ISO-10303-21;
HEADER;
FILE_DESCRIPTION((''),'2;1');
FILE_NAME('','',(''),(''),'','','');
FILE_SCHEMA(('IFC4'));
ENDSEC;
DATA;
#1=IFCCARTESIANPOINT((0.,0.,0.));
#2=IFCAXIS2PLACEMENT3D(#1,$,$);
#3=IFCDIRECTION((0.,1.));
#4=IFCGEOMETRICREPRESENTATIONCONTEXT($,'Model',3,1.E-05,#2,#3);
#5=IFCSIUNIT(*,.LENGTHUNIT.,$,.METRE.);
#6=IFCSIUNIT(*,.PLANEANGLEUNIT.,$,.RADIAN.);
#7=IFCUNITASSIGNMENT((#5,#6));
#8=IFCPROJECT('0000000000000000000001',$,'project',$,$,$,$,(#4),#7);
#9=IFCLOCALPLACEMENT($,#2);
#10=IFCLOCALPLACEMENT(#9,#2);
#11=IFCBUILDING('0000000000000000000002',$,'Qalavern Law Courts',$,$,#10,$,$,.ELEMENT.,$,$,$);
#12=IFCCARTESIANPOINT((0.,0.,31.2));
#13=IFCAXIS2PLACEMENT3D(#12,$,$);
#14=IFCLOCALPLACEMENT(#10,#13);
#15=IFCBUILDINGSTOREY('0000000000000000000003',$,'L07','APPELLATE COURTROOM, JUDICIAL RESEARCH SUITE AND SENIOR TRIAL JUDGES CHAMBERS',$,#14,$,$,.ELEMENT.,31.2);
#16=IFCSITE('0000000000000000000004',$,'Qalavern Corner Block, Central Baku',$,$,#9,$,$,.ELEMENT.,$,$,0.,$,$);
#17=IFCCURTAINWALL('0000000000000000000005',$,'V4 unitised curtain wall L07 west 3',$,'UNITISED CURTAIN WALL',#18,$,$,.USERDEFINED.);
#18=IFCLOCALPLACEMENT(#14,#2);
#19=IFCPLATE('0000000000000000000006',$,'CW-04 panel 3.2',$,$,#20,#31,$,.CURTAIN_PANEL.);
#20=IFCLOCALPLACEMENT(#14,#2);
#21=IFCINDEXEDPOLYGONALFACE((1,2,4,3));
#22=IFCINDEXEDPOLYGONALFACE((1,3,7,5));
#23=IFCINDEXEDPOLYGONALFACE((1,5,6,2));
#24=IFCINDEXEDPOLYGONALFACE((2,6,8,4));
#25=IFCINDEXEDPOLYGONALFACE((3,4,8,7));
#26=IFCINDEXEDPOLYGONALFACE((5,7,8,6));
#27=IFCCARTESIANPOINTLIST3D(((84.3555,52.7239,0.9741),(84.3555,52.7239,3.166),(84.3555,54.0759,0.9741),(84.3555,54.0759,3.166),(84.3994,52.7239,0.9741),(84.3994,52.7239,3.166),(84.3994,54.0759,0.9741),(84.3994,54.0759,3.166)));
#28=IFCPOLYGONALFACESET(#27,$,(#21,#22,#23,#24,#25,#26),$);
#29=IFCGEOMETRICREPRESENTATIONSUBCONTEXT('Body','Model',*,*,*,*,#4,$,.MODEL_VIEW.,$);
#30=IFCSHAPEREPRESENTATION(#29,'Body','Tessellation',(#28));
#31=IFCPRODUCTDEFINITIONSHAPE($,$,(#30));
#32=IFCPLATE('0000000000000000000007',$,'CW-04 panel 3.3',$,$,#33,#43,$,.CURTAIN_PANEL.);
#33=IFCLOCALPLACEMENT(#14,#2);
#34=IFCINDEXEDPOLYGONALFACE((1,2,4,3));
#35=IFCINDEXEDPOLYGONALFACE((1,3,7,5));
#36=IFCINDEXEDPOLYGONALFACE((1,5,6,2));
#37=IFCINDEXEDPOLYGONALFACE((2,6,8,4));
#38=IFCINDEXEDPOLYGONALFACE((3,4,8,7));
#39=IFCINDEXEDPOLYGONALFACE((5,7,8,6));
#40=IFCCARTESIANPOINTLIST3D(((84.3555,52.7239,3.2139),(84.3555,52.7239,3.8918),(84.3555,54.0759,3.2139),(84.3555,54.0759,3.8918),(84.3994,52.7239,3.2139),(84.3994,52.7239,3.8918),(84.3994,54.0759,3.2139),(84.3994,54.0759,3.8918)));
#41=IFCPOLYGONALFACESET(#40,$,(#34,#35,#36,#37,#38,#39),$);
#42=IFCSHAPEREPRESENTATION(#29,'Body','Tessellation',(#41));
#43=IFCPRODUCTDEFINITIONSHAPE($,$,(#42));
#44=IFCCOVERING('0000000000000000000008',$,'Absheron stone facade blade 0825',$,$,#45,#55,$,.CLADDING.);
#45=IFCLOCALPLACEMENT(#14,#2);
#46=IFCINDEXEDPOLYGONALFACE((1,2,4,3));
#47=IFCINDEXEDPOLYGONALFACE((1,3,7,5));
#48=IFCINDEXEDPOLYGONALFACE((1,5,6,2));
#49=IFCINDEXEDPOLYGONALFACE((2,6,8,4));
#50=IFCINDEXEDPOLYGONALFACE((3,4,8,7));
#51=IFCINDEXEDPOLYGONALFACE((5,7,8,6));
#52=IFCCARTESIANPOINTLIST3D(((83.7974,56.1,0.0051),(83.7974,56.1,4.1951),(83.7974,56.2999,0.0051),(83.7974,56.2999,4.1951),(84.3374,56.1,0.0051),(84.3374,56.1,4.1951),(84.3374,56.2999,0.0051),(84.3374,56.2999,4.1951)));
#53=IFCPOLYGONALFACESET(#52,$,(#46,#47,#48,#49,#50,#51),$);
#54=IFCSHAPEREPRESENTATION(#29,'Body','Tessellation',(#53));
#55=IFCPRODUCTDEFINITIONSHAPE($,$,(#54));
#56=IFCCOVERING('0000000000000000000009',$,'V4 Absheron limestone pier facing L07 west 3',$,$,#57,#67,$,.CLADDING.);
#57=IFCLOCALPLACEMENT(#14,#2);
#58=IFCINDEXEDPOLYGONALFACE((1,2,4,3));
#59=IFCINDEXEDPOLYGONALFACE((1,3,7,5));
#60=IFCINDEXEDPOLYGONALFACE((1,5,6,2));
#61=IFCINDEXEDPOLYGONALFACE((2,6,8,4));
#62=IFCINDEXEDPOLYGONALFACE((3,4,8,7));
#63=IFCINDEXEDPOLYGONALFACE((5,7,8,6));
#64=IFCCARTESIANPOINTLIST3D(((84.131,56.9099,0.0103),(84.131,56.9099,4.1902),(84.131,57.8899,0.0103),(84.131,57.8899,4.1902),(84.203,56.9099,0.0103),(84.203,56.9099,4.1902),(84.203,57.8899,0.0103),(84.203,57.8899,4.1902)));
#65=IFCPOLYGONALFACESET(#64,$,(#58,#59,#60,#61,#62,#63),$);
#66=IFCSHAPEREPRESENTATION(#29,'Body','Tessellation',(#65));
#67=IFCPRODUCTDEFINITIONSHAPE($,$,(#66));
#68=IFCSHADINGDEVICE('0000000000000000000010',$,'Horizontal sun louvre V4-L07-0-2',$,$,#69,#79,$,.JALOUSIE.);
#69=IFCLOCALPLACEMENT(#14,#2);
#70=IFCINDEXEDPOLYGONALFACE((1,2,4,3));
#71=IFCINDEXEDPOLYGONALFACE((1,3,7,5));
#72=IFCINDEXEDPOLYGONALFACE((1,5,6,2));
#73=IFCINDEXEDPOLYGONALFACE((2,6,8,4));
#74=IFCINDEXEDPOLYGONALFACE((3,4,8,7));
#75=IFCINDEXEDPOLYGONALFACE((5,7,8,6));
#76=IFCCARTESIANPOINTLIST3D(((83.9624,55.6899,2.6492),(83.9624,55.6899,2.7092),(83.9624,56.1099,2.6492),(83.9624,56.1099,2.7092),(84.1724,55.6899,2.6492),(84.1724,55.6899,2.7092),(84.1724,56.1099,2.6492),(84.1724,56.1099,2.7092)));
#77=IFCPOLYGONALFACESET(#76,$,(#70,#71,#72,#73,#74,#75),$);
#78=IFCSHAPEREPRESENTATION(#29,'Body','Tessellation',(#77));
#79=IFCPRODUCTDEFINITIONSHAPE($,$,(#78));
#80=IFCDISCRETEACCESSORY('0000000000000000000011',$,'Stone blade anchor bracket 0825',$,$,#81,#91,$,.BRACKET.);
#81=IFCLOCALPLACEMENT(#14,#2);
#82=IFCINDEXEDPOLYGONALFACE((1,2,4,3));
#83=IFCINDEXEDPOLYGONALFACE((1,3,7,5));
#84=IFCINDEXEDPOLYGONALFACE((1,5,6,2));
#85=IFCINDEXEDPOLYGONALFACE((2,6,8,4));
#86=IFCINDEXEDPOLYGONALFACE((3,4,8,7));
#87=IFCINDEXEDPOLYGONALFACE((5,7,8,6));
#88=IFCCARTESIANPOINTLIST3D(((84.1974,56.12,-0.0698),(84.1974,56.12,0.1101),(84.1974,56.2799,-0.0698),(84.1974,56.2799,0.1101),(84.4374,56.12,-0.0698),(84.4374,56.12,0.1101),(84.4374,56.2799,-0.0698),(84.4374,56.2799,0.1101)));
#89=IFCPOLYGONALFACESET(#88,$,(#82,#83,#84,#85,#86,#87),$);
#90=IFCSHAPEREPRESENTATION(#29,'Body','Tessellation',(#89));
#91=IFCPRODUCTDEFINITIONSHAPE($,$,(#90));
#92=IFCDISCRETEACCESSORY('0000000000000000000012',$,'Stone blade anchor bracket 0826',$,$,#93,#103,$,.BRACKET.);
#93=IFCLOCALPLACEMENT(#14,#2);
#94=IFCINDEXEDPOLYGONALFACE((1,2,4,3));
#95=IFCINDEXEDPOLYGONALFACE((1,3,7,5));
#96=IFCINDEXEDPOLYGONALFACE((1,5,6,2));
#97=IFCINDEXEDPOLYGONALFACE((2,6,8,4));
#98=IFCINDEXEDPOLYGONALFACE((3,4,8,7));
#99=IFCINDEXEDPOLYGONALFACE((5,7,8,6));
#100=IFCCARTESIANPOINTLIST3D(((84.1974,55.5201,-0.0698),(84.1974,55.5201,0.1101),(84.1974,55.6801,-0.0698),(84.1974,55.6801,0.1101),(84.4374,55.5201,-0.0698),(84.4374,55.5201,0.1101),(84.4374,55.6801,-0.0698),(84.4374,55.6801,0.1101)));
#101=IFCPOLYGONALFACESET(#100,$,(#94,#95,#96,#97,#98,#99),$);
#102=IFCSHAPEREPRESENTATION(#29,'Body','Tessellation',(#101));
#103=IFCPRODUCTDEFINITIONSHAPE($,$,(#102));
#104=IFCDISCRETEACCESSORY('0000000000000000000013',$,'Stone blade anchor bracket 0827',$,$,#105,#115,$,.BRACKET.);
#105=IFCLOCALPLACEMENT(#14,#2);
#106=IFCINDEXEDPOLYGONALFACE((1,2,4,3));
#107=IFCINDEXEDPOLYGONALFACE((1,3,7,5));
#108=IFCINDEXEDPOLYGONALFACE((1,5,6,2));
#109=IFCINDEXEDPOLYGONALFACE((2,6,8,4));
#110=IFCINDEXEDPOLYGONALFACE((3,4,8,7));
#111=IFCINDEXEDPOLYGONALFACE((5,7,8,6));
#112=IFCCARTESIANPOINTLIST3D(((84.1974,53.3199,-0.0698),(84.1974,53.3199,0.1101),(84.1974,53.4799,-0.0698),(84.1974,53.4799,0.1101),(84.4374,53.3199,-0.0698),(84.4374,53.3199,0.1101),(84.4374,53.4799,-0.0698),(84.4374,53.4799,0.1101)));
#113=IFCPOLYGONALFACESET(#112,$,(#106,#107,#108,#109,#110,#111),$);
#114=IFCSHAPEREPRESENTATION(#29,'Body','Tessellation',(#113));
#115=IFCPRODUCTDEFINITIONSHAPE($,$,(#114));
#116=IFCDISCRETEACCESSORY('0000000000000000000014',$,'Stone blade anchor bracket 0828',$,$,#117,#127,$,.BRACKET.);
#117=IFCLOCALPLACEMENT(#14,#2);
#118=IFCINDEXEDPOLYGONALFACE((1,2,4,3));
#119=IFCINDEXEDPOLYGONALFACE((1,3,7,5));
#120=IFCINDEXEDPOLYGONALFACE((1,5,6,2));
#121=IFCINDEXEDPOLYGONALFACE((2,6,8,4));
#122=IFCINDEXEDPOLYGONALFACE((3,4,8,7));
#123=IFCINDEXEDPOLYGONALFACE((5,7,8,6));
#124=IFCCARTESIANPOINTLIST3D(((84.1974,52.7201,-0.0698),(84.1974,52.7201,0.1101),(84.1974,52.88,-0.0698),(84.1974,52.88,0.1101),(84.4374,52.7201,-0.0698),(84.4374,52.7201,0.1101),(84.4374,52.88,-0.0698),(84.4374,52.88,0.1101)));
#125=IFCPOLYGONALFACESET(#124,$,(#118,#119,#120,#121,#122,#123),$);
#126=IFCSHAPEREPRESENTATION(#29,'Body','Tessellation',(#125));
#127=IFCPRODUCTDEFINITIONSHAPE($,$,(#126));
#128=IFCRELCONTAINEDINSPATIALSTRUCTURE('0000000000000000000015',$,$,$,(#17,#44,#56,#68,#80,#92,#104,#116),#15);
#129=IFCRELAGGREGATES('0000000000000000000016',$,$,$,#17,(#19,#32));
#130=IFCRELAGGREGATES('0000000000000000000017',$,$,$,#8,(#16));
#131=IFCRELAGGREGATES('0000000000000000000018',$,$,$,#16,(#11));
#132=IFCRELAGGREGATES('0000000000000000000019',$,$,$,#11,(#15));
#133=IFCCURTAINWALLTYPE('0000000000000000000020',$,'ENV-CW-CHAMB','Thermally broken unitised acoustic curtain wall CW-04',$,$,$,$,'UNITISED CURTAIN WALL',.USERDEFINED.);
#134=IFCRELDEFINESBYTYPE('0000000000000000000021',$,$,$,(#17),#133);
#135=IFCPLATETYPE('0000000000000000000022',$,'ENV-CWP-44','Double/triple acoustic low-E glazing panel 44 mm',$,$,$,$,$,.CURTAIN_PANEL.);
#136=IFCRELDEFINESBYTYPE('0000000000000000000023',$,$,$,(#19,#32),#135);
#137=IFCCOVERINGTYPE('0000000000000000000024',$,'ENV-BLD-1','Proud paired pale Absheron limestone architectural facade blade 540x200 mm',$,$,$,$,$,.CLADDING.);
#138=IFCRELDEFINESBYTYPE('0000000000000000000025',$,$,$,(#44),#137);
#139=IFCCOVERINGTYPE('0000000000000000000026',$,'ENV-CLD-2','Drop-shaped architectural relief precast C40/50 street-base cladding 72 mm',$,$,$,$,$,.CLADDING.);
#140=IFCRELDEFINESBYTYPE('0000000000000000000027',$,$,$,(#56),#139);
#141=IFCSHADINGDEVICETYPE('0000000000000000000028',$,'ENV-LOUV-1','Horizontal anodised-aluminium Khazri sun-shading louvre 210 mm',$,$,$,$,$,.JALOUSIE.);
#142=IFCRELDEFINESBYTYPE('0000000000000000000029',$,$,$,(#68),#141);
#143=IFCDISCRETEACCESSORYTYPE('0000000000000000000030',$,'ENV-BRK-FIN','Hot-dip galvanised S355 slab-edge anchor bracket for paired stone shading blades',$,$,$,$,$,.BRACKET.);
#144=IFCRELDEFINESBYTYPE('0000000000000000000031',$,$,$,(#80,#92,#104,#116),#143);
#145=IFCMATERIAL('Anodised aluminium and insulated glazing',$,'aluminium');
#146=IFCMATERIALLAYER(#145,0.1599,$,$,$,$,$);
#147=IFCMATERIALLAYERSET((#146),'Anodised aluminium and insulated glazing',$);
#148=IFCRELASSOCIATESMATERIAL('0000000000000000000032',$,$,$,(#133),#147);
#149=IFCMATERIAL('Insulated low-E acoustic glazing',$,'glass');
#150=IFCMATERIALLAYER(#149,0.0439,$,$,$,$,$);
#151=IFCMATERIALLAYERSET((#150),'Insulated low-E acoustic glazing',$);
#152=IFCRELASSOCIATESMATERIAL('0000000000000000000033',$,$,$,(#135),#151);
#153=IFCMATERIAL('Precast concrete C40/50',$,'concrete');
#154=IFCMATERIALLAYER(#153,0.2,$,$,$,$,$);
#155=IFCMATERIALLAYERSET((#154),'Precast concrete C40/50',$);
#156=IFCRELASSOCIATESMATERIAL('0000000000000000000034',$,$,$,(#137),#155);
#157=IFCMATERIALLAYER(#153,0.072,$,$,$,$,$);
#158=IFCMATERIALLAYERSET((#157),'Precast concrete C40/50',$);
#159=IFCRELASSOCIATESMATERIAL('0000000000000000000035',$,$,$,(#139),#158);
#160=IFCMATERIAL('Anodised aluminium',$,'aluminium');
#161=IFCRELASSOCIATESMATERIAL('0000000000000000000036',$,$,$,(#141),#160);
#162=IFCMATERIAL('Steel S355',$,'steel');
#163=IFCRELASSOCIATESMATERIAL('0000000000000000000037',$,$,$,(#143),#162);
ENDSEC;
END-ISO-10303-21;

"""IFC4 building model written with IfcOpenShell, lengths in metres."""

from ifc_helpers import new_model, si_unit, direction, frame, origin, origin_2d, place, context, subcontext, project, spatial, rectangle, extrude, material, layer, layer_set, type_object, element, aggregate, save


model = new_model("IFC4")

# Units and contexts
model_context = context("Model", 3, precision=1e-05, world=origin(), true_north=direction((0.0, 1.0)))
body_context = subcontext(model_context, "Body", "Model", "MODEL_VIEW")
ifc_project = project(units=[si_unit("LENGTHUNIT", "METRE"), si_unit("PLANEANGLEUNIT", "RADIAN")], contexts=[model_context])

# Site, building, storey
site_placement = place(None, origin())
site = spatial("IfcSite", under=ifc_project, at=site_placement, Name="Qalavern Corner Block, Central Baku", CompositionType="ELEMENT", RefElevation=0.0)
building_placement = place(site_placement, origin())
building = spatial("IfcBuilding", under=site, at=building_placement, Name="Qalavern Law Courts", CompositionType="ELEMENT")
storey_placement = place(building_placement, frame((0.0, 0.0, 31.2)))
storey = spatial("IfcBuildingStorey", under=building, at=storey_placement, Name="L07", Description="APPELLATE COURTROOM, JUDICIAL RESEARCH SUITE AND SENIOR TRIAL JUDGES CHAMBERS", CompositionType="ELEMENT", Elevation=31.2)

# Curtain wall, plates
ifc_material_1 = material(Name="Anodised aluminium and insulated glazing", Category="aluminium")
ifc_layer_1 = layer(ifc_material_1, 0.1599)
ifc_layer_set_1 = layer_set([ifc_layer_1], Name="Anodised aluminium and insulated glazing")
curtain_wall_type = type_object("IfcCurtainWallType", Name="ENV-CW-CHAMB", Description="Thermally broken unitised acoustic curtain wall CW-04", ElementType="UNITISED CURTAIN WALL", PredefinedType="USERDEFINED", material=ifc_layer_set_1)
curtain_wall_placement = place(storey_placement, origin())
curtain_wall = element("IfcCurtainWall", 1, at=curtain_wall_placement, inside=storey, type_object=curtain_wall_type, Name="V4 unitised curtain wall L07 west 3", ObjectType="UNITISED CURTAIN WALL", PredefinedType="USERDEFINED")
ifc_material_2 = material(Name="Anodised aluminium", Category="aluminium")
ifc_material_3 = material(Name="Insulated low-E acoustic glazing", Category="glass")
ifc_layer_2 = layer(ifc_material_3, 0.0439)
ifc_layer_set_2 = layer_set([ifc_layer_2], Name="Insulated low-E acoustic glazing")
plate_type = type_object("IfcPlateType", Name="ENV-CWP-44", Description="Double/triple acoustic low-E glazing panel 44 mm", PredefinedType="CURTAIN_PANEL", material=ifc_layer_set_2)
plate_1_placement = place(storey_placement, frame((84.3774, 53.3999, 0.9741), z_axis=(0.0, 0.0, 1.0), x_axis=(0.0, -1.0, 0.0)))
plate_1 = element("IfcPlate", 2, at=plate_1_placement, type_object=plate_type, Name="CW-04 panel 3.2", PredefinedType="CURTAIN_PANEL", context=body_context, shape_type="SweptSolid", body=[
    extrude(rectangle(XDim=1.3521, YDim=0.0439, at=origin_2d()), origin(), (0.0, 0.0, 1.0), 2.1919),
])
plate_2_placement = place(storey_placement, frame((84.3774, 53.3999, 3.2139), z_axis=(0.0, 0.0, 1.0), x_axis=(0.0, -1.0, 0.0)))
plate_2 = element("IfcPlate", 3, at=plate_2_placement, type_object=plate_type, Name="CW-04 panel 3.3", PredefinedType="CURTAIN_PANEL", context=body_context, shape_type="SweptSolid", body=[
    extrude(rectangle(XDim=1.3521, YDim=0.0439, at=origin_2d()), origin(), (0.0, 0.0, 1.0), 0.678),
])
aggregate(curtain_wall, [plate_1, plate_2])

# Coverings
ifc_material_4 = material(Name="Precast concrete C40/50", Category="concrete")
ifc_layer_3 = layer(ifc_material_4, 0.2)
ifc_layer_set_3 = layer_set([ifc_layer_3], Name="Precast concrete C40/50")
covering_type_1 = type_object("IfcCoveringType", Name="ENV-BLD-1", Description="Proud paired pale Absheron limestone architectural facade blade 540x200 mm", PredefinedType="CLADDING", material=ifc_layer_set_3)
covering_1_placement = place(storey_placement, frame((84.0674, 56.2, 0.0051), z_axis=(0.0, 0.0, 1.0), x_axis=(-1.0, 0.0, 0.0)))
element("IfcCovering", 4, at=covering_1_placement, inside=storey, type_object=covering_type_1, Name="Absheron stone facade blade 0825", PredefinedType="CLADDING", context=body_context, shape_type="SweptSolid", body=[
    extrude(rectangle(XDim=0.54, YDim=0.2, at=origin_2d()), origin(), (0.0, 0.0, 1.0), 4.1899),
])
ifc_layer_4 = layer(ifc_material_4, 0.072)
ifc_layer_set_4 = layer_set([ifc_layer_4], Name="Precast concrete C40/50")
covering_type_2 = type_object("IfcCoveringType", Name="ENV-CLD-2", Description="Drop-shaped architectural relief precast C40/50 street-base cladding 72 mm", PredefinedType="CLADDING", material=ifc_layer_set_4)
covering_2_placement = place(storey_placement, frame((84.167, 57.3999, 0.0103), z_axis=(0.0, 0.0, 1.0), x_axis=(0.0, -1.0, 0.0)))
element("IfcCovering", 5, at=covering_2_placement, inside=storey, type_object=covering_type_2, Name="V4 Absheron limestone pier facing L07 west 3", PredefinedType="CLADDING", context=body_context, shape_type="SweptSolid", body=[
    extrude(rectangle(XDim=0.98, YDim=0.072, at=origin_2d()), origin(), (0.0, 0.0, 1.0), 4.1799),
])

# Shading device
shading_device_type = type_object("IfcShadingDeviceType", Name="ENV-LOUV-1", Description="Horizontal anodised-aluminium Khazri sun-shading louvre 210 mm", PredefinedType="JALOUSIE", material=ifc_material_2)
shading_device_placement = place(storey_placement, frame((84.0674, 55.8999, 2.6492), z_axis=(0.0, 0.0, 1.0), x_axis=(0.0, -1.0, 0.0)))
element("IfcShadingDevice", 6, at=shading_device_placement, inside=storey, type_object=shading_device_type, Name="Horizontal sun louvre V4-L07-0-2", PredefinedType="JALOUSIE", context=body_context, shape_type="SweptSolid", body=[
    extrude(rectangle(XDim=0.4199, YDim=0.21, at=origin_2d()), origin(), (0.0, 0.0, 1.0), 0.0601),
])

# Discrete accessories
ifc_material_5 = material(Name="Steel S355", Category="steel")
discrete_accessory_type = type_object("IfcDiscreteAccessoryType", Name="ENV-BRK-FIN", Description="Hot-dip galvanised S355 slab-edge anchor bracket for paired stone shading blades", PredefinedType="BRACKET", material=ifc_material_5)
for number, where, z_axis, x_axis, name in (
    (7, (84.3174, 56.2, -0.0698), (0.0, 0.0, 1.0), (-1.0, 0.0, 0.0), "Stone blade anchor bracket 0825"),
    (8, (84.3174, 55.6001, -0.0698), (0.0, 0.0, 1.0), (-1.0, 0.0, 0.0), "Stone blade anchor bracket 0826"),
    (9, (84.3174, 53.3999, -0.0698), (0.0, 0.0, 1.0), (-1.0, 0.0, 0.0), "Stone blade anchor bracket 0827"),
    (10, (84.3174, 52.8, -0.0698), (0.0, 0.0, 1.0), (-1.0, 0.0, 0.0), "Stone blade anchor bracket 0828"),
):
    element("IfcDiscreteAccessory", number, at=place(storey_placement, frame(where, z_axis=z_axis, x_axis=x_axis)), inside=storey, type_object=discrete_accessory_type, Name=name, PredefinedType="BRACKET", context=body_context, shape_type="SweptSolid", body=[
        extrude(rectangle(XDim=0.24, YDim=0.1599, at=origin_2d()), origin(), (0.0, 0.0, 1.0), 0.1799),
    ])

save(model, "model.ifc")
